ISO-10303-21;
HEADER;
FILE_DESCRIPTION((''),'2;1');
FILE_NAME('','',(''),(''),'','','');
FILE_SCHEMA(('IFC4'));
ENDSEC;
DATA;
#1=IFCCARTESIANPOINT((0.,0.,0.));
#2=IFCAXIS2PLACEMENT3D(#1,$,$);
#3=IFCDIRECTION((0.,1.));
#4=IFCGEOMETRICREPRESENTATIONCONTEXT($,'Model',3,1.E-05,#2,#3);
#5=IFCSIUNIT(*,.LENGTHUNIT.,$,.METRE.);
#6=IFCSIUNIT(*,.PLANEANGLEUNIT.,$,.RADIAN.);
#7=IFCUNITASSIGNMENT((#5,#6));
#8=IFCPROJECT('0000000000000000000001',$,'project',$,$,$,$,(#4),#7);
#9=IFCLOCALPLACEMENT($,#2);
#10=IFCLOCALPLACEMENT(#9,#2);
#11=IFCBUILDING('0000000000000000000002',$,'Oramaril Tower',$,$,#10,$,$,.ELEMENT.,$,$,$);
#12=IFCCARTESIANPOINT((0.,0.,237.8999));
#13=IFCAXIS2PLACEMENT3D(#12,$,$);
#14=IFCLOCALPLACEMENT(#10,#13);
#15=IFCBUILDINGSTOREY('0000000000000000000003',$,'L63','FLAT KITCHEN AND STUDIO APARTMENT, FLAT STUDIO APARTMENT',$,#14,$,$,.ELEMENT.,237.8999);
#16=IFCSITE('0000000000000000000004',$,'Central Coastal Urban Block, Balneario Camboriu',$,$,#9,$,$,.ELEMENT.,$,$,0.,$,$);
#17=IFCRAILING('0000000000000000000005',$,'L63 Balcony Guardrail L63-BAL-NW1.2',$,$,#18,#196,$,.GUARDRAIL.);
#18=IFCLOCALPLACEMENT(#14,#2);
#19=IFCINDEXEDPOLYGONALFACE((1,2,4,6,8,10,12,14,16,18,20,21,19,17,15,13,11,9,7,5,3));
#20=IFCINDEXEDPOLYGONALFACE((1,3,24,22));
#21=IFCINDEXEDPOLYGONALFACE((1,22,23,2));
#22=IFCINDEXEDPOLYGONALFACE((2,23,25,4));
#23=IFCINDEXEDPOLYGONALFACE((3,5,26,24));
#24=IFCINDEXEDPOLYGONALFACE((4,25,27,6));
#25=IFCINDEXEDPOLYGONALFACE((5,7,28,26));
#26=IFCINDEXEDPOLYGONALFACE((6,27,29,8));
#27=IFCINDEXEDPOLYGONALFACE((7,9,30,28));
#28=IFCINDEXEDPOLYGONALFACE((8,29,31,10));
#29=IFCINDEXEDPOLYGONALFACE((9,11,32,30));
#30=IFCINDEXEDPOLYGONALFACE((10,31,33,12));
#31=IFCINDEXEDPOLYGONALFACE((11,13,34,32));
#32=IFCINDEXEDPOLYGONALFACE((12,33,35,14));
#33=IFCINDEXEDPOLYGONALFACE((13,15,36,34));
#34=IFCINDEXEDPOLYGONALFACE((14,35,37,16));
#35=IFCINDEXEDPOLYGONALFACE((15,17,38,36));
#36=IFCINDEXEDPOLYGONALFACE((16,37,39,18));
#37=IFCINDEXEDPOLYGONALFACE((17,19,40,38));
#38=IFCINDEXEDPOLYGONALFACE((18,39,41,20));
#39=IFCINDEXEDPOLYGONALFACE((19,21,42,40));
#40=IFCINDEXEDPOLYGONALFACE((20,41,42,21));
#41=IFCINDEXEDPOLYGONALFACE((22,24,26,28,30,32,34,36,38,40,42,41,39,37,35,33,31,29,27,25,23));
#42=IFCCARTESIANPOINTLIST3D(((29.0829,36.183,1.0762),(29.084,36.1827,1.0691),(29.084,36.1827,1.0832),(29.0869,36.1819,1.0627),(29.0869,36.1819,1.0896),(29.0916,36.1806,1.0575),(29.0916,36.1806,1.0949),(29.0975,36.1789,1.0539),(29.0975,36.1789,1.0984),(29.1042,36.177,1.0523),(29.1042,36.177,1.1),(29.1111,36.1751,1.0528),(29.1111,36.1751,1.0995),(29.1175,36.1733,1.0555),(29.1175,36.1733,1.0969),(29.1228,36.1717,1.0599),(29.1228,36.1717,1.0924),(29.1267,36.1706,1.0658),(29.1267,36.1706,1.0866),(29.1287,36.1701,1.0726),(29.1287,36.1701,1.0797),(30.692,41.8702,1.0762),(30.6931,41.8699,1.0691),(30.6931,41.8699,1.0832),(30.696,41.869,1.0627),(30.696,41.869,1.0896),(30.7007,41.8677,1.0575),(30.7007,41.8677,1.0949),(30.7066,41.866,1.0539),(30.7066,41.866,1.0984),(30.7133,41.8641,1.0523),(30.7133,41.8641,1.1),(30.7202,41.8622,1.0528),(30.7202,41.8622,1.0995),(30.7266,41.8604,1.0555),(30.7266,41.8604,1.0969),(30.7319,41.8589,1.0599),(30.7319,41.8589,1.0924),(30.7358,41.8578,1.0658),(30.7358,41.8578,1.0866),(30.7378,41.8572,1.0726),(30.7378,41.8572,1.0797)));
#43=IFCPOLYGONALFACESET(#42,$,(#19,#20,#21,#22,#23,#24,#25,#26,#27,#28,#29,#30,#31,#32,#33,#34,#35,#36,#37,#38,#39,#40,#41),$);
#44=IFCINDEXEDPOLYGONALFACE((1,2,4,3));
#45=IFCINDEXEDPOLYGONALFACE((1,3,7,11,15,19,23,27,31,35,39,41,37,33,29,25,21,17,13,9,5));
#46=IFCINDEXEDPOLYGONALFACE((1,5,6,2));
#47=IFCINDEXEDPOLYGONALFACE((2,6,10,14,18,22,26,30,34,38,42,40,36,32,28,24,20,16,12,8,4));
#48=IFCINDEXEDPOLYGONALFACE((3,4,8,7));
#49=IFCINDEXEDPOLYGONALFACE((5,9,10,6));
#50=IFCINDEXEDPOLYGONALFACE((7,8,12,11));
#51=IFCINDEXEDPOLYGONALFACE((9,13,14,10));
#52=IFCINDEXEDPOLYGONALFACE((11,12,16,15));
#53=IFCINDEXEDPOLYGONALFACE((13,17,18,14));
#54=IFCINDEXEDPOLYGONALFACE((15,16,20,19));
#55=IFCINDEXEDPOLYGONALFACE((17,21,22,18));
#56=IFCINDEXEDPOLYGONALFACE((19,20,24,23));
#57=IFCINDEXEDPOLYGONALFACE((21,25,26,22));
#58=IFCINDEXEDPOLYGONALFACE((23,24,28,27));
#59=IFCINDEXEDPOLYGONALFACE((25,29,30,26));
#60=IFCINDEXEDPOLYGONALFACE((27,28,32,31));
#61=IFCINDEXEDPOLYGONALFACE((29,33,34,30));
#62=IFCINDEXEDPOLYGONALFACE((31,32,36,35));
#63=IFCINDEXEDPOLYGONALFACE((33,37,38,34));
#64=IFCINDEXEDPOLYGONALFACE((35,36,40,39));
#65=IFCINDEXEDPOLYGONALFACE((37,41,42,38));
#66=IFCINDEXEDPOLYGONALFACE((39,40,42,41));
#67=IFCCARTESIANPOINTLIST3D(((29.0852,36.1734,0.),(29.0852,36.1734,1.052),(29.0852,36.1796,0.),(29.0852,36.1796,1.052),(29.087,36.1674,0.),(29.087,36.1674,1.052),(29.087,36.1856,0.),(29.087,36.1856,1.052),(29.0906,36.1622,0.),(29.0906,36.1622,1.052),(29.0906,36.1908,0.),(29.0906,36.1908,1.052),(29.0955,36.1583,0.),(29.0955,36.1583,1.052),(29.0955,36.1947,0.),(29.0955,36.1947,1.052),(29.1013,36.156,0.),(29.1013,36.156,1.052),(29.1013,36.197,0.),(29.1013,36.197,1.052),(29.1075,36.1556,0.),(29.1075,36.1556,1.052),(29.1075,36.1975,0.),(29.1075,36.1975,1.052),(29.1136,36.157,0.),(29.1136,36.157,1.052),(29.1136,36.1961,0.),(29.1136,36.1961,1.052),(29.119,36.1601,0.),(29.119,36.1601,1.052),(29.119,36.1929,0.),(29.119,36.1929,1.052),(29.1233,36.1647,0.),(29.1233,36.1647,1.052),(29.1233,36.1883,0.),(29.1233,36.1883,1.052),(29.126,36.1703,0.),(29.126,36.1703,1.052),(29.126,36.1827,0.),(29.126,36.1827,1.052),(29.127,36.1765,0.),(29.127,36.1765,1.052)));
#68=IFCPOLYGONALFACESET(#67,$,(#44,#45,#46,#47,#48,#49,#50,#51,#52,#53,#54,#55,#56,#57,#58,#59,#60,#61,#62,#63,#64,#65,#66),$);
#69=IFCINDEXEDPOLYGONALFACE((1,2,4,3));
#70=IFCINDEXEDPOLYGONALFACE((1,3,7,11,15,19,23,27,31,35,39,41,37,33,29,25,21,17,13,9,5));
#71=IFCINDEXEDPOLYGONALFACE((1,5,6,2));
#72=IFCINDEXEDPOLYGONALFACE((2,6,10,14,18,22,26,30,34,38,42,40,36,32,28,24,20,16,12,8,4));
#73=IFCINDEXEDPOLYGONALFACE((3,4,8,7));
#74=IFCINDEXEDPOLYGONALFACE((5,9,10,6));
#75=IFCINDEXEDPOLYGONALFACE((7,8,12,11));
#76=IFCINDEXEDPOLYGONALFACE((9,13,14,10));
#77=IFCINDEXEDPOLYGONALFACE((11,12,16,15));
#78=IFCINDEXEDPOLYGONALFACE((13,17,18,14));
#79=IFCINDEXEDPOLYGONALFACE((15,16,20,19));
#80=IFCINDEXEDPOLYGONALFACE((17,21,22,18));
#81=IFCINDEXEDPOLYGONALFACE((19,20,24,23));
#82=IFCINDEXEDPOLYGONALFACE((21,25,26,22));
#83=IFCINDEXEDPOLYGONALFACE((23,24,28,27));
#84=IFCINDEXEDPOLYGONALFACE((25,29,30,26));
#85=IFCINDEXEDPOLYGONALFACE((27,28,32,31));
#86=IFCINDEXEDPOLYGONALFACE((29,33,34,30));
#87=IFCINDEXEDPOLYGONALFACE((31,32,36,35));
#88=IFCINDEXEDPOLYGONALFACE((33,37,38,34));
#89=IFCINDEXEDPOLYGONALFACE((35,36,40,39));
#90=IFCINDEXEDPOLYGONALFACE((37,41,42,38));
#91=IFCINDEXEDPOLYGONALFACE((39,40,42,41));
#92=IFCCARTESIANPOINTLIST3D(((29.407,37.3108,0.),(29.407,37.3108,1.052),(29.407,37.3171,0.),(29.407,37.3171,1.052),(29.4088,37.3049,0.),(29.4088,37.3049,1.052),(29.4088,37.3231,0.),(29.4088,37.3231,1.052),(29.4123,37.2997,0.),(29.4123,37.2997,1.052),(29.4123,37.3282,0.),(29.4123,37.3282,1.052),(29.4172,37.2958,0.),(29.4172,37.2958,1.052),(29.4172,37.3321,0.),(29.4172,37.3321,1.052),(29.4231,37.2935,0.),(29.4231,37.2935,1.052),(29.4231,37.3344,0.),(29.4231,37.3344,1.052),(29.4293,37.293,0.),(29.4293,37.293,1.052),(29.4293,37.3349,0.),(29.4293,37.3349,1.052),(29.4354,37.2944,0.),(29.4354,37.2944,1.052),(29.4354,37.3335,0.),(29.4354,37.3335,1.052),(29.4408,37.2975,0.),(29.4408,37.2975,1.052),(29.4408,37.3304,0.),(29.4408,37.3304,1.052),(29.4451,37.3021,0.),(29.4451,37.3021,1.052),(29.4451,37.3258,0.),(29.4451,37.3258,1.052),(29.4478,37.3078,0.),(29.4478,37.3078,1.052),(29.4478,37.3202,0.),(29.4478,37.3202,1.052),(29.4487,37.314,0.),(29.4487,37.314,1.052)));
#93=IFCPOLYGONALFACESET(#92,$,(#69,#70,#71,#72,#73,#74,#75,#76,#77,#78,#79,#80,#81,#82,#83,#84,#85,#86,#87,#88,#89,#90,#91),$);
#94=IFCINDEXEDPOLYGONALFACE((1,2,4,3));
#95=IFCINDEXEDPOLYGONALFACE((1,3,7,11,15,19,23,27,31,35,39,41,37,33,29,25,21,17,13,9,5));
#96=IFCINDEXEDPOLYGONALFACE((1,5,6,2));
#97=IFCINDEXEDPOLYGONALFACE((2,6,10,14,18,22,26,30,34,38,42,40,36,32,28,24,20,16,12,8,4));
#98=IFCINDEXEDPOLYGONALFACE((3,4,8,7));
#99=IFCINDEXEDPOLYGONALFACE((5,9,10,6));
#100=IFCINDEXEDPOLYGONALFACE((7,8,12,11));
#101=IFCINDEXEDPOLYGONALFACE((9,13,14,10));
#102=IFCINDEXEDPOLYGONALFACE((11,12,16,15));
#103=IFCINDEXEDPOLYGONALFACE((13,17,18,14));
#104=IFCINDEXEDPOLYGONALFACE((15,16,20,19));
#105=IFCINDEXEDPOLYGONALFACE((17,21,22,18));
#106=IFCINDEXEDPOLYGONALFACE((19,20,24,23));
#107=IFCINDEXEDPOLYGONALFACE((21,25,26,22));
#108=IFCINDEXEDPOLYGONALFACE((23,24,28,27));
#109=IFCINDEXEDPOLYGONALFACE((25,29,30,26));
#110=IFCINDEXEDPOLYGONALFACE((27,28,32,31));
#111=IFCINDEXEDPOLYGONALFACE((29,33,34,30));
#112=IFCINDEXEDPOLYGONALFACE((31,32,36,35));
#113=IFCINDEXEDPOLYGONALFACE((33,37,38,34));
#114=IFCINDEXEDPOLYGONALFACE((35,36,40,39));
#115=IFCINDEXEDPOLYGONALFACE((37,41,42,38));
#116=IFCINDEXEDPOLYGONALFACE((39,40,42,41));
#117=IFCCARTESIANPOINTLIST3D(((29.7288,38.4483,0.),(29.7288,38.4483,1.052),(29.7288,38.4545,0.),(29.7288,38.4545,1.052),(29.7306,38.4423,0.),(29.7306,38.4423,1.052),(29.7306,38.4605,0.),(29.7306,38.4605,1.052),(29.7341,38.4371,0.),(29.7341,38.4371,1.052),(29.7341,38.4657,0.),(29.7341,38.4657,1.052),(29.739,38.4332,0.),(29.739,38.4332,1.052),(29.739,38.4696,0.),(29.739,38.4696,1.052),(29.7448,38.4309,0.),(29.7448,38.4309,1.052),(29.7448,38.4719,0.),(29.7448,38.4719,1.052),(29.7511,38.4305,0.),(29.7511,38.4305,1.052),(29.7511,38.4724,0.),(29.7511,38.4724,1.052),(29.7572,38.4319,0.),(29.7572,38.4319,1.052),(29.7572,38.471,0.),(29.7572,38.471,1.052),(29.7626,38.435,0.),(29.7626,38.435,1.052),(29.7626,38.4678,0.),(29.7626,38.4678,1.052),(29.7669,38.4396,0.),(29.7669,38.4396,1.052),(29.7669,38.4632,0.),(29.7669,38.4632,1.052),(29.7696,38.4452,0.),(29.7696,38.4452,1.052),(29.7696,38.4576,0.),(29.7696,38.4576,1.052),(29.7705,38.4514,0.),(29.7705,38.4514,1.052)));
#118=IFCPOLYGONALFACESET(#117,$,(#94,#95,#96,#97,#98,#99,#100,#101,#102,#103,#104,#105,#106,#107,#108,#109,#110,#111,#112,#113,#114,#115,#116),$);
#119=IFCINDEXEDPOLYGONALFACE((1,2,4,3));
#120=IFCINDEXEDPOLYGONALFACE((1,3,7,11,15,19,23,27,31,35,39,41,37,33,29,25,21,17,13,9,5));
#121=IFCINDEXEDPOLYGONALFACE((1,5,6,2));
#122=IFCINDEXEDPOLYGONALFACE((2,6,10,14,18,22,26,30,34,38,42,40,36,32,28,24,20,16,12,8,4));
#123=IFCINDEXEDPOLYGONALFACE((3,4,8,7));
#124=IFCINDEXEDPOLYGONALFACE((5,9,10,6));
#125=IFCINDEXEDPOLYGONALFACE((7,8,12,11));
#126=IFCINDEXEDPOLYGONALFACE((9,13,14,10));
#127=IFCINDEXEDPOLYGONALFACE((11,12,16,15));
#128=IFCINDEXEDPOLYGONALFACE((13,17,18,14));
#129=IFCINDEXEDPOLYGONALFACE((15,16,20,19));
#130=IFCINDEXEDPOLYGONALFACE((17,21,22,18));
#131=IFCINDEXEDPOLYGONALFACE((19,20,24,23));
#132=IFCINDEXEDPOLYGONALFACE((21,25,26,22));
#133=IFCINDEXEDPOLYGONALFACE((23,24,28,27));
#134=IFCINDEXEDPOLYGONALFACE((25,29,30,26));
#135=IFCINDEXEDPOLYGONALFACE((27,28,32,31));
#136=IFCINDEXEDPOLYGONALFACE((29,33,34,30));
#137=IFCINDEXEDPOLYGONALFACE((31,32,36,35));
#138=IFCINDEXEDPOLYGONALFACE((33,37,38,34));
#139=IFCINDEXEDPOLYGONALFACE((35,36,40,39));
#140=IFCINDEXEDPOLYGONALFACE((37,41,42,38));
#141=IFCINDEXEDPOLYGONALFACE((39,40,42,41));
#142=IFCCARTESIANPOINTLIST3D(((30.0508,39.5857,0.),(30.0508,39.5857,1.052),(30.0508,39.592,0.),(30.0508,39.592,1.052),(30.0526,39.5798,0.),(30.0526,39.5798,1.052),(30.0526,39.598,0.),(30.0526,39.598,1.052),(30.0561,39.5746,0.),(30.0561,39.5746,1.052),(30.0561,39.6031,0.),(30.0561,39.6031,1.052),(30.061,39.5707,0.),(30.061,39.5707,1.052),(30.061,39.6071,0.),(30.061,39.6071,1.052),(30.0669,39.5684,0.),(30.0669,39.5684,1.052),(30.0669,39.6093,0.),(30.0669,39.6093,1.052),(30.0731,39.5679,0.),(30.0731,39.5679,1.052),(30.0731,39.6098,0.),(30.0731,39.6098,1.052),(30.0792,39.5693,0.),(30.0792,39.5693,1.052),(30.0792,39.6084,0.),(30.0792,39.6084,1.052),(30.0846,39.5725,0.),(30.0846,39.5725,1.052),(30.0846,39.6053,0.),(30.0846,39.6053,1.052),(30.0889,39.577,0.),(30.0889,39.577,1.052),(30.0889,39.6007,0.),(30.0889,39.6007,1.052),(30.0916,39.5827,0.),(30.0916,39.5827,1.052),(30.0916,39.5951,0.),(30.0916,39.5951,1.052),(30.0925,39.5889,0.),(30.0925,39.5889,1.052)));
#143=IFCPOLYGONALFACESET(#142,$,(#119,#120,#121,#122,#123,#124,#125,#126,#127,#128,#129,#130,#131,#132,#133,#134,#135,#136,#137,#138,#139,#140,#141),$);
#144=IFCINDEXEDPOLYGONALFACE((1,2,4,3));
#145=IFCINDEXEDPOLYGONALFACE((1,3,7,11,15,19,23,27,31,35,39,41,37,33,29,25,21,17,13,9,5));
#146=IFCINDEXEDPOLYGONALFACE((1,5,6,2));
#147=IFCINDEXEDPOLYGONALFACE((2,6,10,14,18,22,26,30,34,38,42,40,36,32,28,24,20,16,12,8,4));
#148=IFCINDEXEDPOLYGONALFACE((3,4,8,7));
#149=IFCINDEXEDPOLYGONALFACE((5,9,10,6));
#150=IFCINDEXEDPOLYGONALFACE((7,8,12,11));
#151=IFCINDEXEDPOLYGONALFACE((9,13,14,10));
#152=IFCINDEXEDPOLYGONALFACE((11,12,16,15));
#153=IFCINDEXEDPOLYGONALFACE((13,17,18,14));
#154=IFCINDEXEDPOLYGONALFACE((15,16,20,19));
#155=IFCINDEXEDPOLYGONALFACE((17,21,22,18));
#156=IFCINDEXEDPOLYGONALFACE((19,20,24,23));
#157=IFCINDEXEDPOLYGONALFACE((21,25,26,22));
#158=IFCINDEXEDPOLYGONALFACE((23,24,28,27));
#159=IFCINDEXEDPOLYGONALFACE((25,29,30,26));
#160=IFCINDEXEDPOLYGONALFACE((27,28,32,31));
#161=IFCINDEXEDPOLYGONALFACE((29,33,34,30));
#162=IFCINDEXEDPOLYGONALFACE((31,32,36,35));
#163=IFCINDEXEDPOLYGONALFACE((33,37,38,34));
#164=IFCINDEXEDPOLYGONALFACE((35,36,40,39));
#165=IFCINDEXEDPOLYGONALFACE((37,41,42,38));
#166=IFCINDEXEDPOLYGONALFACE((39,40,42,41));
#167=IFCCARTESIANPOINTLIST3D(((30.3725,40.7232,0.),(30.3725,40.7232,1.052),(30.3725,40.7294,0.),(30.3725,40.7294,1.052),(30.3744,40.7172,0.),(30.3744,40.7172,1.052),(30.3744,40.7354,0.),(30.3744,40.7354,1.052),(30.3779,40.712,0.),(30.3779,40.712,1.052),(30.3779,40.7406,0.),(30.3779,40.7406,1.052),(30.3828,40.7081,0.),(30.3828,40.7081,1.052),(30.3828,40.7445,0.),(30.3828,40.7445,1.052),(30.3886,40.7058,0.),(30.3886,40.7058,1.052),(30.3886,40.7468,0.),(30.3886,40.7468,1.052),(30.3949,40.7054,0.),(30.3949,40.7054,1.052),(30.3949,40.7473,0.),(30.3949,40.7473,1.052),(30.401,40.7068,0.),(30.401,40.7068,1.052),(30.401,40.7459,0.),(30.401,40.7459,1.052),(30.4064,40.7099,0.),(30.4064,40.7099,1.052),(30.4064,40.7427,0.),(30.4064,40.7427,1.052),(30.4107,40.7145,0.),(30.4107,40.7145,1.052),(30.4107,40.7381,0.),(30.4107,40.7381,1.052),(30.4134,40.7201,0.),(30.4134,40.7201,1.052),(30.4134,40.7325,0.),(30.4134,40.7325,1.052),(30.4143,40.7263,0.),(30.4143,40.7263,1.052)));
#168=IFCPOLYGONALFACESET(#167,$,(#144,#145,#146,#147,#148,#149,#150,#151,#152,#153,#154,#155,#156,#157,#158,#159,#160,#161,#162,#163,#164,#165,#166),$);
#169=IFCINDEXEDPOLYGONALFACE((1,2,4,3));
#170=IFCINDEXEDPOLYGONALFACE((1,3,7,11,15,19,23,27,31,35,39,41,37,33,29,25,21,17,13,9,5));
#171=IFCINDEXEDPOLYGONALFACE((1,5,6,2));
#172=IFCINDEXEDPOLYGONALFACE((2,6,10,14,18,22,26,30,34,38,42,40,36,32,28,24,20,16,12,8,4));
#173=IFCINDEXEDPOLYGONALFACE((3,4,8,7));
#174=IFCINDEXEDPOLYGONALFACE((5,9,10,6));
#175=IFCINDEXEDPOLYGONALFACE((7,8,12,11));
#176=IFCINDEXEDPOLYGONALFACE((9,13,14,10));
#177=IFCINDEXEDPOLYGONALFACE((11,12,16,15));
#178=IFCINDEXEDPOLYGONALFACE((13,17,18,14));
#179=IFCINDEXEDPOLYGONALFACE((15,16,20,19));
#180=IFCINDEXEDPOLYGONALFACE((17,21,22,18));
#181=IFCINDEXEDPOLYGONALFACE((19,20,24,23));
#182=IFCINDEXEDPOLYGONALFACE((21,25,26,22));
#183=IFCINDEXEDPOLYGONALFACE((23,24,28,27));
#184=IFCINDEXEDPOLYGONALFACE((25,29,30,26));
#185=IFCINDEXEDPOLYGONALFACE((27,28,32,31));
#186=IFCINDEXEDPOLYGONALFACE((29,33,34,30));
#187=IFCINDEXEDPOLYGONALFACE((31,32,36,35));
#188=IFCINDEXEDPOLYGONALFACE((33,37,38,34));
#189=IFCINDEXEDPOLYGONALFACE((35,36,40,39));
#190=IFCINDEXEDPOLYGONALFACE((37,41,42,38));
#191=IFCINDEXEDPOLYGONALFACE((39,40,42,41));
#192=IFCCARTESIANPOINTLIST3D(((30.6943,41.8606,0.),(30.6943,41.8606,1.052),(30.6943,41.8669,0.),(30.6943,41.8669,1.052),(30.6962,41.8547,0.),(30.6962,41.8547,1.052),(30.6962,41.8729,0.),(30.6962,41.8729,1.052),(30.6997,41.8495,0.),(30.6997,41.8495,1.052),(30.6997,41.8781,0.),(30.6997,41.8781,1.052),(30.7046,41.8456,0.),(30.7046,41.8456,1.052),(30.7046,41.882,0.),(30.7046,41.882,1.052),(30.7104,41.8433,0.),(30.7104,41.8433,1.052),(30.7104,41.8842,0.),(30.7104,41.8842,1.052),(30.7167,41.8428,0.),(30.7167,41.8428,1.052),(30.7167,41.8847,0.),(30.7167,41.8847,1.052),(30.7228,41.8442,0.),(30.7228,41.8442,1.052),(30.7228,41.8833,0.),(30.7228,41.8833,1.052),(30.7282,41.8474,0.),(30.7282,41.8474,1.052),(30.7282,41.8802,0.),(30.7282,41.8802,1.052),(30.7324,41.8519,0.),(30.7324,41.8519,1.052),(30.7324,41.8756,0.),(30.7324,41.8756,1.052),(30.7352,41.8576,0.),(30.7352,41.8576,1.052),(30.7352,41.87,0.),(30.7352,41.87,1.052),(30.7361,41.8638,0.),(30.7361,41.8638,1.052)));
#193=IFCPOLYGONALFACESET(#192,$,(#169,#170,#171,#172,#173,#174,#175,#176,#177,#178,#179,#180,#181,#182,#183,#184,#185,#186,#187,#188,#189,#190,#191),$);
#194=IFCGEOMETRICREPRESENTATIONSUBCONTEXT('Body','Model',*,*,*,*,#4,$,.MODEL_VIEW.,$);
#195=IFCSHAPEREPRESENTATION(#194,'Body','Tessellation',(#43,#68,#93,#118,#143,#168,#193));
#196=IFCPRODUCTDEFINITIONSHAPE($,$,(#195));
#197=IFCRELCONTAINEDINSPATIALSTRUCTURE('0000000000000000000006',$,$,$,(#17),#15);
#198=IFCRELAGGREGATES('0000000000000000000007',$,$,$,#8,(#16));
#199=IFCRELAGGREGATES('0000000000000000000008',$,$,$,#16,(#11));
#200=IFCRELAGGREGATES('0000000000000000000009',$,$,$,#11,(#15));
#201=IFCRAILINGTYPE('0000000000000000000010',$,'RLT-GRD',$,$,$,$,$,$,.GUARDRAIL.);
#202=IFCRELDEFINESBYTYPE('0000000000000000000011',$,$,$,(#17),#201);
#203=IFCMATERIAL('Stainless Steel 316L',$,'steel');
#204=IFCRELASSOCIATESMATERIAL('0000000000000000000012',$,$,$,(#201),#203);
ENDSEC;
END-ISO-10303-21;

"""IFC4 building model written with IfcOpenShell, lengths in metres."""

from ifc_helpers import new_model, si_unit, direction, frame, origin, origin_2d, place, context, subcontext, project, spatial, circle, extrude, material, type_object, element, save


model = new_model("IFC4")

# Units and contexts
model_context = context("Model", 3, precision=1e-05, world=origin(), true_north=direction((0.0, 1.0)))
body_context = subcontext(model_context, "Body", "Model", "MODEL_VIEW")
ifc_project = project(units=[si_unit("LENGTHUNIT", "METRE"), si_unit("PLANEANGLEUNIT", "RADIAN")], contexts=[model_context])

# Site, building, storey
site_placement = place(None, origin())
site = spatial("IfcSite", under=ifc_project, at=site_placement, Name="Central Coastal Urban Block, Balneario Camboriu", CompositionType="ELEMENT", RefElevation=0.0)
building_placement = place(site_placement, origin())
building = spatial("IfcBuilding", under=site, at=building_placement, Name="Oramaril Tower", CompositionType="ELEMENT")
storey_placement = place(building_placement, frame((0.0, 0.0, 237.8999)))
storey = spatial("IfcBuildingStorey", under=building, at=storey_placement, Name="L63", Description="FLAT KITCHEN AND STUDIO APARTMENT, FLAT STUDIO APARTMENT", CompositionType="ELEMENT", Elevation=237.8999)

# Railing
ifc_material_1 = material(Name="Stainless Steel 316L", Category="steel")
railing_type = type_object("IfcRailingType", Name="RLT-GRD", PredefinedType="GUARDRAIL", material=ifc_material_1)
railing_1_placement = place(storey_placement, frame((29.106, 36.1765, 0.0)))
element("IfcRailing", 1, at=railing_1_placement, inside=storey, type_object=railing_type, Name="L63 Balcony Guardrail L63-BAL-NW1.2", PredefinedType="GUARDRAIL", context=body_context, shape_type="SweptSolid", body=[
    extrude(circle(Radius=0.0239, at=origin_2d()), frame((0.0, 0.0, 1.0762), z_axis=(0.272249, 0.962227, 0.0), x_axis=(-0.962227, 0.272249, 0.0)), (0.0, 0.0, 1.0), 5.9104),
    extrude(circle(Radius=0.021, at=origin_2d()), origin(), (0.0, 0.0, 1.0), 1.052),
    extrude(circle(Radius=0.021, at=origin_2d()), frame((0.3218, 1.1375, 0.0)), (0.0, 0.0, 1.0), 1.052),
    extrude(circle(Radius=0.021, at=origin_2d()), frame((0.6436, 2.2749, 0.0)), (0.0, 0.0, 1.0), 1.052),
    extrude(circle(Radius=0.021, at=origin_2d()), frame((0.9656, 3.4124, 0.0)), (0.0, 0.0, 1.0), 1.052),
    extrude(circle(Radius=0.021, at=origin_2d()), frame((1.2874, 4.5498, 0.0)), (0.0, 0.0, 1.0), 1.052),
    extrude(circle(Radius=0.021, at=origin_2d()), frame((1.6091, 5.6873, 0.0)), (0.0, 0.0, 1.0), 1.052),
])

save(model, "model.ifc")
